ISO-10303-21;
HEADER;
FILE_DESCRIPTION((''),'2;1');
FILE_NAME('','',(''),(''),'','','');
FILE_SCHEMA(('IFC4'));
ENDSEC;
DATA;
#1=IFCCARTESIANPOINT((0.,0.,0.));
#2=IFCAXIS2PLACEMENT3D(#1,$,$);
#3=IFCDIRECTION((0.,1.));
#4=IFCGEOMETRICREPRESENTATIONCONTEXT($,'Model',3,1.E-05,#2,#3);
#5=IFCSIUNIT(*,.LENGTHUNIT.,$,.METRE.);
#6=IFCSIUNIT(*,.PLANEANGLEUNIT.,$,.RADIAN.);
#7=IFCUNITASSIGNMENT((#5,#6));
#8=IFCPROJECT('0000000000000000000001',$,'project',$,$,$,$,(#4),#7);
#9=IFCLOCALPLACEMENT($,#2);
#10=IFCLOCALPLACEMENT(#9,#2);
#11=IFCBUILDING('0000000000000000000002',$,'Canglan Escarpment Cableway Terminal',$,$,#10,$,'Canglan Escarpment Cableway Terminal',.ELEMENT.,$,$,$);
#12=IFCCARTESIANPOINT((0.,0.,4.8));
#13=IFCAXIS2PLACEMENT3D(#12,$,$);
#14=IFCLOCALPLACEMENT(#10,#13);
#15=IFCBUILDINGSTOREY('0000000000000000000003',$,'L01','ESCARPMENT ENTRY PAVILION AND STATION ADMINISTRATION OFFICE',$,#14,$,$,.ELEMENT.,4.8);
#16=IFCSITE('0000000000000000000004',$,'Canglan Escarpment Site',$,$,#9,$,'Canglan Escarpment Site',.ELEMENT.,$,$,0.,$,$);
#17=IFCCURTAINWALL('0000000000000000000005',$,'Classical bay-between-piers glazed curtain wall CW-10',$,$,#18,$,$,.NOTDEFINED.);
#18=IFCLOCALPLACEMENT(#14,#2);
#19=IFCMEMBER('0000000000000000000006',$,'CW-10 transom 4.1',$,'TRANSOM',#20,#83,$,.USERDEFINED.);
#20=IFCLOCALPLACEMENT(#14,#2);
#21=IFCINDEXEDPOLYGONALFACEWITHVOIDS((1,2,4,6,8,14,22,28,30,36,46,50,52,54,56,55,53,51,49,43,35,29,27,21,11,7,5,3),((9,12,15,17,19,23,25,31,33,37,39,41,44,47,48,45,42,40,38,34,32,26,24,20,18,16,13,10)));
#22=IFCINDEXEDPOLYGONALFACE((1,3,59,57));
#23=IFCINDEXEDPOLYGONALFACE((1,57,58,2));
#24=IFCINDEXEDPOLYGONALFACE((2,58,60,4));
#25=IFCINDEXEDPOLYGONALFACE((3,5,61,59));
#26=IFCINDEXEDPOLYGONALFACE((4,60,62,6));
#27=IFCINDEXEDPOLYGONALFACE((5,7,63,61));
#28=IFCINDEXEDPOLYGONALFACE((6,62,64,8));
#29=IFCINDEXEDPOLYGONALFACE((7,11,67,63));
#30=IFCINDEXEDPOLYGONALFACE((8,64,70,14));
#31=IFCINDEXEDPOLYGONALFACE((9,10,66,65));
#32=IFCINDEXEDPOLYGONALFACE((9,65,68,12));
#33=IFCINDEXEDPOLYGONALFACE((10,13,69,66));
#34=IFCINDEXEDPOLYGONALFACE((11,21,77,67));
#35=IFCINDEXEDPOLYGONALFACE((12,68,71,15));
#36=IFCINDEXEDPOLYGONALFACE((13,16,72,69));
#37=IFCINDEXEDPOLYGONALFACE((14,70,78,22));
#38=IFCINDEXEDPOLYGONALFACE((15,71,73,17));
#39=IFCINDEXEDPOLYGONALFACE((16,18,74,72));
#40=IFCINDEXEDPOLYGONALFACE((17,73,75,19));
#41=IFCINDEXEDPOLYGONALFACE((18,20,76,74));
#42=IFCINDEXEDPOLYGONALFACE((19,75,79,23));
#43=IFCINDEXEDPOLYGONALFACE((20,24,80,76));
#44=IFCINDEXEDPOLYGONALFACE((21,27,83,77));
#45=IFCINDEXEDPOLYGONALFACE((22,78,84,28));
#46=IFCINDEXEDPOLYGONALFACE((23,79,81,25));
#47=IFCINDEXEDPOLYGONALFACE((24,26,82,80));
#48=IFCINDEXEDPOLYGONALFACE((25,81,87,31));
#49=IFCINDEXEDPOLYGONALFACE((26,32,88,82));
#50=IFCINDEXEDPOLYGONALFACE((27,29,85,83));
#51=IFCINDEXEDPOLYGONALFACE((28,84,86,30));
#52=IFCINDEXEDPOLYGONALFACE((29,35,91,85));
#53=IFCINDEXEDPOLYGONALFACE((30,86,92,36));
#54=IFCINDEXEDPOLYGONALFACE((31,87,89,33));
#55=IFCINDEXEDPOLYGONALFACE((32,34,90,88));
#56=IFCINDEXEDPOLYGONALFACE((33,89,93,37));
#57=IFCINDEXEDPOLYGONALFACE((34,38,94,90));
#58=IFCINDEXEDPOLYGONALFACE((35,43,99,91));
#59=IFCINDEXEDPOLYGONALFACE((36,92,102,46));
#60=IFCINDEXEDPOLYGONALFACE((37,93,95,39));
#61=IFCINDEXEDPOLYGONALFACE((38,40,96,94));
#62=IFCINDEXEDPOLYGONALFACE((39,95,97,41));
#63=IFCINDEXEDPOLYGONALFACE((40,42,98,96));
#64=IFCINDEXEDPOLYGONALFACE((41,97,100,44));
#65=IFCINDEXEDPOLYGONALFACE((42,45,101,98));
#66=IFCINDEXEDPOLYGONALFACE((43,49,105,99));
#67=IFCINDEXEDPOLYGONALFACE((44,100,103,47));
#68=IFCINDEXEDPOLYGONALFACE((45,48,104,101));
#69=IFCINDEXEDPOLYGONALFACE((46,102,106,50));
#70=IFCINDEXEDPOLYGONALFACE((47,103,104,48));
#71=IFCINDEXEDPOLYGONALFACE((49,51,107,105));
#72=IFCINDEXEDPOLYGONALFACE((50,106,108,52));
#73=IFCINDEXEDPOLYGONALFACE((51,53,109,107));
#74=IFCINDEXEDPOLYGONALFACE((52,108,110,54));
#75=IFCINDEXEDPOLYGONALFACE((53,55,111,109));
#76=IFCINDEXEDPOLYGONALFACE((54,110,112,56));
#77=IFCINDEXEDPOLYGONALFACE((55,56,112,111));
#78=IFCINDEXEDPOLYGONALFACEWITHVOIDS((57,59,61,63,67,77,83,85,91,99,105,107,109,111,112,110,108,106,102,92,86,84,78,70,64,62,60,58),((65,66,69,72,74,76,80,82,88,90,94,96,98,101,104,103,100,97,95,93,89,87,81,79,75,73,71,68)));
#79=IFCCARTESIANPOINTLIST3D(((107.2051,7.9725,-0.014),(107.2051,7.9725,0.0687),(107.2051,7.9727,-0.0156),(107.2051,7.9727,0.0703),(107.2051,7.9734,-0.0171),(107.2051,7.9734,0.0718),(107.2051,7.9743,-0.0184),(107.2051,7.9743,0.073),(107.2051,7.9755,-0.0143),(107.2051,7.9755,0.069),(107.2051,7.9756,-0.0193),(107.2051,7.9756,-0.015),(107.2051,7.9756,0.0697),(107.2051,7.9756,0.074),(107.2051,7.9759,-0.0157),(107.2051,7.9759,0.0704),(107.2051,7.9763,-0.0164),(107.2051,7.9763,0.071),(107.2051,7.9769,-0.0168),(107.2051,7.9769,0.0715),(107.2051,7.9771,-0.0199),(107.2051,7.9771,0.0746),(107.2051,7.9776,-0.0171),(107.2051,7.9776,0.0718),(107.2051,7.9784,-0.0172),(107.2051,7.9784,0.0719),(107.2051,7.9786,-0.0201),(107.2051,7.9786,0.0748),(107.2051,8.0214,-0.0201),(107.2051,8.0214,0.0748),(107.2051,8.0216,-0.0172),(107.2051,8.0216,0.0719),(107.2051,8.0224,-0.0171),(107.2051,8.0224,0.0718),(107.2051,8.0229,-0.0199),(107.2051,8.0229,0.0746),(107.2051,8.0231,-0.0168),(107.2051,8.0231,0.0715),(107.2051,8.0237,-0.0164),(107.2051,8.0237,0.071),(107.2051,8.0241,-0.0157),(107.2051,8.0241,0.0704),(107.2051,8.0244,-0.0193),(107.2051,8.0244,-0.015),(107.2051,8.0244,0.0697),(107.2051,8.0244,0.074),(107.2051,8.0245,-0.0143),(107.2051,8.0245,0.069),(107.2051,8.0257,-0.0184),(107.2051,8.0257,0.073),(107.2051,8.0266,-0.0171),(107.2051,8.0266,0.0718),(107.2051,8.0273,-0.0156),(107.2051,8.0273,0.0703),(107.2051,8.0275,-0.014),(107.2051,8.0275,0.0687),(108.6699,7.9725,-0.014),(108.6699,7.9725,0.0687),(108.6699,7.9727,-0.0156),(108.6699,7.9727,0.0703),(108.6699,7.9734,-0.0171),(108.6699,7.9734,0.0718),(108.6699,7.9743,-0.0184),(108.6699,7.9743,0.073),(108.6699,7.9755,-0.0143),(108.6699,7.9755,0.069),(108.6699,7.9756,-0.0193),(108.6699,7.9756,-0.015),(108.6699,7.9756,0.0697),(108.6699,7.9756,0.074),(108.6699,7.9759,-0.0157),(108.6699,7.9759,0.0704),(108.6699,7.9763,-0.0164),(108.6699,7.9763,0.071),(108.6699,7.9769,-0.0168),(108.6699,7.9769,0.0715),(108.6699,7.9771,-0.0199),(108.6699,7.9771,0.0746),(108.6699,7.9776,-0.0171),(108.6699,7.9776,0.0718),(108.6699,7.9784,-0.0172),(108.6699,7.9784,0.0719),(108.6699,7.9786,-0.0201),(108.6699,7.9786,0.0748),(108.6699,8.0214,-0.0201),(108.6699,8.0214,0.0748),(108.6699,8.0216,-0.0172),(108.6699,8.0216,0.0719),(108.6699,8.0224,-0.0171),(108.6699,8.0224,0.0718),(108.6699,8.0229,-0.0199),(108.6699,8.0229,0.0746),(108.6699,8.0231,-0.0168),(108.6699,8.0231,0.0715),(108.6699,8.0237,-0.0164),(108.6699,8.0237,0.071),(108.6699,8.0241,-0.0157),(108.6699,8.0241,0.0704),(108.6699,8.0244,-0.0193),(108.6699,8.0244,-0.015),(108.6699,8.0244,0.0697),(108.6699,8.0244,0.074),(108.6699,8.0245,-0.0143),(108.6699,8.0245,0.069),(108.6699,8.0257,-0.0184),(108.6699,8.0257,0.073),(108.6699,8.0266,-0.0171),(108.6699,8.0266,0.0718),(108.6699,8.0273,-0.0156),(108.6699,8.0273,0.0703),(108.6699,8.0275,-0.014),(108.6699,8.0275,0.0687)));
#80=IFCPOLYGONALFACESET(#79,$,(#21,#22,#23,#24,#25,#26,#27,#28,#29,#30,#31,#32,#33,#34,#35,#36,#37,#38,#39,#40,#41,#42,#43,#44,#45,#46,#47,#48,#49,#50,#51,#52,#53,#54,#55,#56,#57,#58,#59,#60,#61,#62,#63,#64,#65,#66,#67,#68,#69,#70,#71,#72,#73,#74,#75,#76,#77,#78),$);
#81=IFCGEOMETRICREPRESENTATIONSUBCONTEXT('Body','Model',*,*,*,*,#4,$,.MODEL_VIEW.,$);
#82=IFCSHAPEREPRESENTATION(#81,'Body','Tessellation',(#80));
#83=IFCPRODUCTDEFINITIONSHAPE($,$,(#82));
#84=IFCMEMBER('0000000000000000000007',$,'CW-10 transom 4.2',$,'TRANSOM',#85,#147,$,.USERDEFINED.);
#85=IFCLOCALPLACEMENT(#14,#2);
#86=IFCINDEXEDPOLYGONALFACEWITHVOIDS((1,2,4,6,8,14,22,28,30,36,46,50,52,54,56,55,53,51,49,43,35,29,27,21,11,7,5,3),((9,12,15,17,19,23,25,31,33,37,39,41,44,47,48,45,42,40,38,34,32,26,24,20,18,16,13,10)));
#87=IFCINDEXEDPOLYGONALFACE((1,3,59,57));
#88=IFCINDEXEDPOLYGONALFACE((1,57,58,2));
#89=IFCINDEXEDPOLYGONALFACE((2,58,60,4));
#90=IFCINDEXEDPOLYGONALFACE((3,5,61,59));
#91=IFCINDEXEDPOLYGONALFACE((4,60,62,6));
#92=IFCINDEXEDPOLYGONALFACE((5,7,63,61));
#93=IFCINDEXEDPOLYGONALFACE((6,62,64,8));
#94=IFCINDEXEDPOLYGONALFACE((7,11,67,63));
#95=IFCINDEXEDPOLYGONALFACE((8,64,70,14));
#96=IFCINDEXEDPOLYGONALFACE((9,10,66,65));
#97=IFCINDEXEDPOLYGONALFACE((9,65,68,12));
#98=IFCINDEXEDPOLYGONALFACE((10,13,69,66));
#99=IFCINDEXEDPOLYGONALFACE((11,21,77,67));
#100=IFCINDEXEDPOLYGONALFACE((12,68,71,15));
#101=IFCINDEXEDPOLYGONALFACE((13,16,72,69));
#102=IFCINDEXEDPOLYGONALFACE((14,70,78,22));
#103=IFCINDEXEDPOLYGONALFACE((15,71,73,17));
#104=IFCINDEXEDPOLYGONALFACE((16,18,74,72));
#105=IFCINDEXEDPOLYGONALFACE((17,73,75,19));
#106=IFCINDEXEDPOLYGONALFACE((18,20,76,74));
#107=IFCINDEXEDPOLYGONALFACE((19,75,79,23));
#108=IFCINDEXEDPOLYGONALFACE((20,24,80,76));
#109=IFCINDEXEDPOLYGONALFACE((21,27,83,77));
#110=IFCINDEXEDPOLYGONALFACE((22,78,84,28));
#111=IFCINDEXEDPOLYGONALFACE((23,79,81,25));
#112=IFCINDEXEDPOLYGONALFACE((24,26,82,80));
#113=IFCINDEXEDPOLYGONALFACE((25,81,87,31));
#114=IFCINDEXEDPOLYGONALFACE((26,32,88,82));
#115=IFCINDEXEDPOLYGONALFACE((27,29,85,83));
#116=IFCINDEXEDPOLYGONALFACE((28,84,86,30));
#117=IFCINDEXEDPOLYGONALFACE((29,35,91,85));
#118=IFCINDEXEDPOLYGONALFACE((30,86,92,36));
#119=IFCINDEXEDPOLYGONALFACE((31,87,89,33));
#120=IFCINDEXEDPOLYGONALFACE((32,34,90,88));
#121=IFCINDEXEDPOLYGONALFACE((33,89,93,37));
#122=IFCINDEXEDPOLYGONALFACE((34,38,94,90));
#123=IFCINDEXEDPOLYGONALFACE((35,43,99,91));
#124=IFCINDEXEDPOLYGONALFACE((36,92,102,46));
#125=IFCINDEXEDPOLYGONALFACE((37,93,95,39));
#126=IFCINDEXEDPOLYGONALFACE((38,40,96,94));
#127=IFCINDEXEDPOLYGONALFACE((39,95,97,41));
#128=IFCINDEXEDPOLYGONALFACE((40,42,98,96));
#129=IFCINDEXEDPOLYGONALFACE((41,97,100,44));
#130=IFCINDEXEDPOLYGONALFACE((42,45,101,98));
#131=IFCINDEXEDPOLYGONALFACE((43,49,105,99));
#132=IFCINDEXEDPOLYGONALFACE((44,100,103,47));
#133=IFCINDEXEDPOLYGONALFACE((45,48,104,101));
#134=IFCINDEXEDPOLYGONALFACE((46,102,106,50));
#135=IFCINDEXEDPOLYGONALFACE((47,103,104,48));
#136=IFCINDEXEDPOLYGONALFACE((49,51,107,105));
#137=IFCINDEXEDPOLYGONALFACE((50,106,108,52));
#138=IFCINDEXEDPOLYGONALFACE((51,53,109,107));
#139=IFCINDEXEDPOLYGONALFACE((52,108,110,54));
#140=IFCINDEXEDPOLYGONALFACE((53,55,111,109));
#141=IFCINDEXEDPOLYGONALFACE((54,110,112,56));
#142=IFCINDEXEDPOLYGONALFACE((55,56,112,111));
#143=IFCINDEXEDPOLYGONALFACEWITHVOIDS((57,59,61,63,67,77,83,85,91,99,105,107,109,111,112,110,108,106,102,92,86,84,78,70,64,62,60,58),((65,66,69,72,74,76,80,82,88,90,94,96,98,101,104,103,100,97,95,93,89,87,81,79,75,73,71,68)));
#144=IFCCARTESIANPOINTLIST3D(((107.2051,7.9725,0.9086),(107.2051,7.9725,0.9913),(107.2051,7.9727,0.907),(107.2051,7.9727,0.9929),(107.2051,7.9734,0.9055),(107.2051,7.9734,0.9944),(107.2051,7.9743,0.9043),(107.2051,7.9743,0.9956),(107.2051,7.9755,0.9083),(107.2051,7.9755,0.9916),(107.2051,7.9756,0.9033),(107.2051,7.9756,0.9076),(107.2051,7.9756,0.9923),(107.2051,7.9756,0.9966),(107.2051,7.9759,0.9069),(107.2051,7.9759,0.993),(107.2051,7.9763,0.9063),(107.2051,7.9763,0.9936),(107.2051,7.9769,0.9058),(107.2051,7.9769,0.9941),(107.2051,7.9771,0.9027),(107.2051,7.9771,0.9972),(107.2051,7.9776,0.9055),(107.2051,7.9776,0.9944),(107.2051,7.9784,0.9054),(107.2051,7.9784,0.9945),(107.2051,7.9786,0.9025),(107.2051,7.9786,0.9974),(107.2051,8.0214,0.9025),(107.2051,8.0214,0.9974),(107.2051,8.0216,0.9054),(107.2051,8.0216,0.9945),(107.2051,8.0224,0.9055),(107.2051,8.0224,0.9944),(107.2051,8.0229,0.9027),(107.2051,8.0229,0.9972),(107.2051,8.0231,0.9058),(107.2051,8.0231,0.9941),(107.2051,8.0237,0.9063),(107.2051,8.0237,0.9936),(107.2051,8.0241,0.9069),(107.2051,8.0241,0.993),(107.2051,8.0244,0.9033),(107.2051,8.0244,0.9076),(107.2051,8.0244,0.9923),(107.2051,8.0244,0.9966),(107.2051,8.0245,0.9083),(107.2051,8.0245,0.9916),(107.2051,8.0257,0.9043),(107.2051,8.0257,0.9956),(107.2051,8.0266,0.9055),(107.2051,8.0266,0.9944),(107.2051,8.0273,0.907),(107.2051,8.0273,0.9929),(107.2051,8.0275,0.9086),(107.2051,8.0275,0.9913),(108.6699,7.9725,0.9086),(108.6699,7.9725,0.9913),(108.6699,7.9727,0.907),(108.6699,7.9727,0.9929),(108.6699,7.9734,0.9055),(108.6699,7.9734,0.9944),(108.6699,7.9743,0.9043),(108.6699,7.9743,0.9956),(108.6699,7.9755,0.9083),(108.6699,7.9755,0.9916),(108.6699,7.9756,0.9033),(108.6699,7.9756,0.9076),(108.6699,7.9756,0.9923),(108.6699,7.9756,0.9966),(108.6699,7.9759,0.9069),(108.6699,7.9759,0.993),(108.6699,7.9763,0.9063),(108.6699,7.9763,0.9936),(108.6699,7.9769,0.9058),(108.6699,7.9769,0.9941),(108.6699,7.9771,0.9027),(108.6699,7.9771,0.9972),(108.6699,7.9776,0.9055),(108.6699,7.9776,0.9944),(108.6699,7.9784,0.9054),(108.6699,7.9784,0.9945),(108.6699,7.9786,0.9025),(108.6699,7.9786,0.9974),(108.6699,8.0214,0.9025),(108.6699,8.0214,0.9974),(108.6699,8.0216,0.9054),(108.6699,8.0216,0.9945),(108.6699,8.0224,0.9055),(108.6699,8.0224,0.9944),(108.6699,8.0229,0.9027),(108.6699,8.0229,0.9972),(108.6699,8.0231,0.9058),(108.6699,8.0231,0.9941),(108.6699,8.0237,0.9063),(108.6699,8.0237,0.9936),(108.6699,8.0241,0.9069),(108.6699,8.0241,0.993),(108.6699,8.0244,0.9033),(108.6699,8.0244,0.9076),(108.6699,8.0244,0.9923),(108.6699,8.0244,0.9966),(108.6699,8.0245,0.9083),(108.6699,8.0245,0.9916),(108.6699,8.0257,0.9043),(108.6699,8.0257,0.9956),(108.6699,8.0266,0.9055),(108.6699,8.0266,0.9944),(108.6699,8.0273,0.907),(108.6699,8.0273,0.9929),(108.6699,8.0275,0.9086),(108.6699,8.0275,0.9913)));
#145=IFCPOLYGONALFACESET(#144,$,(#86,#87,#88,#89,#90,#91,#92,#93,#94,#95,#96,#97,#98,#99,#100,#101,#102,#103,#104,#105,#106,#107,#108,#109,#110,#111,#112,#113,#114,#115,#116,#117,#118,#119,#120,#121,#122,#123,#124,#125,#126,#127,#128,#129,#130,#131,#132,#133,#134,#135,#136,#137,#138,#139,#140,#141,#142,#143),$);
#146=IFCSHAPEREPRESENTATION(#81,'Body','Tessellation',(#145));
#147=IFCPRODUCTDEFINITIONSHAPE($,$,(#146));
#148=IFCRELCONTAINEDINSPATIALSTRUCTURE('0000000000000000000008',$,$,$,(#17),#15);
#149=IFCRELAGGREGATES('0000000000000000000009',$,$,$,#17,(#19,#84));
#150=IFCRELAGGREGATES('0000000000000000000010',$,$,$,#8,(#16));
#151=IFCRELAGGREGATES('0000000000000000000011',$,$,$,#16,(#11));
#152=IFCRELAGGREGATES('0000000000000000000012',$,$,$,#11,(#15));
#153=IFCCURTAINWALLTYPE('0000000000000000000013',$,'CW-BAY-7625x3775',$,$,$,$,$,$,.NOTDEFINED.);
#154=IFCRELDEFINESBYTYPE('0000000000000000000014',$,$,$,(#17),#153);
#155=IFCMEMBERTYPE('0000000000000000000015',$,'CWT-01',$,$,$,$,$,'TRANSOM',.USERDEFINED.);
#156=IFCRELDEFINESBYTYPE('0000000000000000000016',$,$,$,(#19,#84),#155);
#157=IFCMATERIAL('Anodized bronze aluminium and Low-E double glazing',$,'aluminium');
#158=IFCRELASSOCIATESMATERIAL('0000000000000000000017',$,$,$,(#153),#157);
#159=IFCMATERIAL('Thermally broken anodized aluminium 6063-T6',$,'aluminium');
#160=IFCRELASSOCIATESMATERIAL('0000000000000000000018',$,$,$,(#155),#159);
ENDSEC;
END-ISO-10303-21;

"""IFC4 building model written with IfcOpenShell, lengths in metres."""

from ifc_helpers import new_model, si_unit, direction, frame, origin, origin_2d, place, context, subcontext, project, spatial, hollow_rectangle, extrude, material, material_profile, profile_set, type_object, element, aggregate, save


model = new_model("IFC4")

# Units and contexts
model_context = context("Model", 3, precision=1e-05, world=origin(), true_north=direction((0.0, 1.0)))
body_context = subcontext(model_context, "Body", "Model", "MODEL_VIEW")
ifc_project = project(units=[si_unit("LENGTHUNIT", "METRE"), si_unit("PLANEANGLEUNIT", "RADIAN")], contexts=[model_context])

# Site, building, storey
site_placement = place(None, origin())
site = spatial("IfcSite", under=ifc_project, at=site_placement, Name="Canglan Escarpment Site", LongName="Canglan Escarpment Site", CompositionType="ELEMENT", RefElevation=0.0)
building_placement = place(site_placement, origin())
building = spatial("IfcBuilding", under=site, at=building_placement, Name="Canglan Escarpment Cableway Terminal", LongName="Canglan Escarpment Cableway Terminal", CompositionType="ELEMENT")
storey_placement = place(building_placement, frame((0.0, 0.0, 4.8)))
storey = spatial("IfcBuildingStorey", under=building, at=storey_placement, Name="L01", Description="ESCARPMENT ENTRY PAVILION AND STATION ADMINISTRATION OFFICE", CompositionType="ELEMENT", Elevation=4.8)

# Curtain wall, members
ifc_material_1 = material(Name="Anodized bronze aluminium and Low-E double glazing", Category="aluminium")
curtain_wall_type = type_object("IfcCurtainWallType", Name="CW-BAY-7625x3775", PredefinedType="NOTDEFINED", material=ifc_material_1)
curtain_wall_placement = place(storey_placement, origin())
curtain_wall = element("IfcCurtainWall", 1, at=curtain_wall_placement, inside=storey, type_object=curtain_wall_type, Name="Classical bay-between-piers glazed curtain wall CW-10", PredefinedType="NOTDEFINED")
ifc_material_2 = material(Name="Thermally broken anodized aluminium 6063-T6", Category="aluminium")
ifc_material_profile_1 = material_profile(ifc_material_2, hollow_rectangle(XDim=0.0549, YDim=0.095, WallThickness=0.0029, InnerFilletRadius=0.0029, OuterFilletRadius=0.0061, at=origin_2d()), Name="ALU-TRAN 55x95x3")
ifc_profile_set_1 = profile_set([ifc_material_profile_1], Name="Thermally broken anodized aluminium 6063-T6")
member_type_1 = type_object("IfcMemberType", Name="CWT-01", ElementType="TRANSOM", PredefinedType="USERDEFINED", material=ifc_profile_set_1)
member_1_placement = place(storey_placement, frame((107.2051, 8.0, 0.0273), z_axis=(1.0, 0.0, 0.0), x_axis=(0.0, 1.0, 0.0)))
member_1 = element("IfcMember", 2, at=member_1_placement, type_object=member_type_1, Name="CW-10 transom 4.1", ObjectType="TRANSOM", PredefinedType="USERDEFINED", context=body_context, shape_type="SweptSolid", body=[
    extrude(hollow_rectangle(XDim=0.0549, YDim=0.095, WallThickness=0.0029, InnerFilletRadius=0.0029, OuterFilletRadius=0.0061, at=origin_2d()), origin(), (0.0, 0.0, 1.0), 1.4648),
])
member_2_placement = place(storey_placement, frame((107.2051, 8.0, 0.95), z_axis=(1.0, 0.0, 0.0), x_axis=(0.0, 1.0, 0.0)))
member_2 = element("IfcMember", 3, at=member_2_placement, type_object=member_type_1, Name="CW-10 transom 4.2", ObjectType="TRANSOM", PredefinedType="USERDEFINED", context=body_context, shape_type="SweptSolid", body=[
    extrude(hollow_rectangle(XDim=0.0549, YDim=0.095, WallThickness=0.0029, InnerFilletRadius=0.0029, OuterFilletRadius=0.0061, at=origin_2d()), origin(), (0.0, 0.0, 1.0), 1.4648),
])
aggregate(curtain_wall, [member_1, member_2])

save(model, "model.ifc")
